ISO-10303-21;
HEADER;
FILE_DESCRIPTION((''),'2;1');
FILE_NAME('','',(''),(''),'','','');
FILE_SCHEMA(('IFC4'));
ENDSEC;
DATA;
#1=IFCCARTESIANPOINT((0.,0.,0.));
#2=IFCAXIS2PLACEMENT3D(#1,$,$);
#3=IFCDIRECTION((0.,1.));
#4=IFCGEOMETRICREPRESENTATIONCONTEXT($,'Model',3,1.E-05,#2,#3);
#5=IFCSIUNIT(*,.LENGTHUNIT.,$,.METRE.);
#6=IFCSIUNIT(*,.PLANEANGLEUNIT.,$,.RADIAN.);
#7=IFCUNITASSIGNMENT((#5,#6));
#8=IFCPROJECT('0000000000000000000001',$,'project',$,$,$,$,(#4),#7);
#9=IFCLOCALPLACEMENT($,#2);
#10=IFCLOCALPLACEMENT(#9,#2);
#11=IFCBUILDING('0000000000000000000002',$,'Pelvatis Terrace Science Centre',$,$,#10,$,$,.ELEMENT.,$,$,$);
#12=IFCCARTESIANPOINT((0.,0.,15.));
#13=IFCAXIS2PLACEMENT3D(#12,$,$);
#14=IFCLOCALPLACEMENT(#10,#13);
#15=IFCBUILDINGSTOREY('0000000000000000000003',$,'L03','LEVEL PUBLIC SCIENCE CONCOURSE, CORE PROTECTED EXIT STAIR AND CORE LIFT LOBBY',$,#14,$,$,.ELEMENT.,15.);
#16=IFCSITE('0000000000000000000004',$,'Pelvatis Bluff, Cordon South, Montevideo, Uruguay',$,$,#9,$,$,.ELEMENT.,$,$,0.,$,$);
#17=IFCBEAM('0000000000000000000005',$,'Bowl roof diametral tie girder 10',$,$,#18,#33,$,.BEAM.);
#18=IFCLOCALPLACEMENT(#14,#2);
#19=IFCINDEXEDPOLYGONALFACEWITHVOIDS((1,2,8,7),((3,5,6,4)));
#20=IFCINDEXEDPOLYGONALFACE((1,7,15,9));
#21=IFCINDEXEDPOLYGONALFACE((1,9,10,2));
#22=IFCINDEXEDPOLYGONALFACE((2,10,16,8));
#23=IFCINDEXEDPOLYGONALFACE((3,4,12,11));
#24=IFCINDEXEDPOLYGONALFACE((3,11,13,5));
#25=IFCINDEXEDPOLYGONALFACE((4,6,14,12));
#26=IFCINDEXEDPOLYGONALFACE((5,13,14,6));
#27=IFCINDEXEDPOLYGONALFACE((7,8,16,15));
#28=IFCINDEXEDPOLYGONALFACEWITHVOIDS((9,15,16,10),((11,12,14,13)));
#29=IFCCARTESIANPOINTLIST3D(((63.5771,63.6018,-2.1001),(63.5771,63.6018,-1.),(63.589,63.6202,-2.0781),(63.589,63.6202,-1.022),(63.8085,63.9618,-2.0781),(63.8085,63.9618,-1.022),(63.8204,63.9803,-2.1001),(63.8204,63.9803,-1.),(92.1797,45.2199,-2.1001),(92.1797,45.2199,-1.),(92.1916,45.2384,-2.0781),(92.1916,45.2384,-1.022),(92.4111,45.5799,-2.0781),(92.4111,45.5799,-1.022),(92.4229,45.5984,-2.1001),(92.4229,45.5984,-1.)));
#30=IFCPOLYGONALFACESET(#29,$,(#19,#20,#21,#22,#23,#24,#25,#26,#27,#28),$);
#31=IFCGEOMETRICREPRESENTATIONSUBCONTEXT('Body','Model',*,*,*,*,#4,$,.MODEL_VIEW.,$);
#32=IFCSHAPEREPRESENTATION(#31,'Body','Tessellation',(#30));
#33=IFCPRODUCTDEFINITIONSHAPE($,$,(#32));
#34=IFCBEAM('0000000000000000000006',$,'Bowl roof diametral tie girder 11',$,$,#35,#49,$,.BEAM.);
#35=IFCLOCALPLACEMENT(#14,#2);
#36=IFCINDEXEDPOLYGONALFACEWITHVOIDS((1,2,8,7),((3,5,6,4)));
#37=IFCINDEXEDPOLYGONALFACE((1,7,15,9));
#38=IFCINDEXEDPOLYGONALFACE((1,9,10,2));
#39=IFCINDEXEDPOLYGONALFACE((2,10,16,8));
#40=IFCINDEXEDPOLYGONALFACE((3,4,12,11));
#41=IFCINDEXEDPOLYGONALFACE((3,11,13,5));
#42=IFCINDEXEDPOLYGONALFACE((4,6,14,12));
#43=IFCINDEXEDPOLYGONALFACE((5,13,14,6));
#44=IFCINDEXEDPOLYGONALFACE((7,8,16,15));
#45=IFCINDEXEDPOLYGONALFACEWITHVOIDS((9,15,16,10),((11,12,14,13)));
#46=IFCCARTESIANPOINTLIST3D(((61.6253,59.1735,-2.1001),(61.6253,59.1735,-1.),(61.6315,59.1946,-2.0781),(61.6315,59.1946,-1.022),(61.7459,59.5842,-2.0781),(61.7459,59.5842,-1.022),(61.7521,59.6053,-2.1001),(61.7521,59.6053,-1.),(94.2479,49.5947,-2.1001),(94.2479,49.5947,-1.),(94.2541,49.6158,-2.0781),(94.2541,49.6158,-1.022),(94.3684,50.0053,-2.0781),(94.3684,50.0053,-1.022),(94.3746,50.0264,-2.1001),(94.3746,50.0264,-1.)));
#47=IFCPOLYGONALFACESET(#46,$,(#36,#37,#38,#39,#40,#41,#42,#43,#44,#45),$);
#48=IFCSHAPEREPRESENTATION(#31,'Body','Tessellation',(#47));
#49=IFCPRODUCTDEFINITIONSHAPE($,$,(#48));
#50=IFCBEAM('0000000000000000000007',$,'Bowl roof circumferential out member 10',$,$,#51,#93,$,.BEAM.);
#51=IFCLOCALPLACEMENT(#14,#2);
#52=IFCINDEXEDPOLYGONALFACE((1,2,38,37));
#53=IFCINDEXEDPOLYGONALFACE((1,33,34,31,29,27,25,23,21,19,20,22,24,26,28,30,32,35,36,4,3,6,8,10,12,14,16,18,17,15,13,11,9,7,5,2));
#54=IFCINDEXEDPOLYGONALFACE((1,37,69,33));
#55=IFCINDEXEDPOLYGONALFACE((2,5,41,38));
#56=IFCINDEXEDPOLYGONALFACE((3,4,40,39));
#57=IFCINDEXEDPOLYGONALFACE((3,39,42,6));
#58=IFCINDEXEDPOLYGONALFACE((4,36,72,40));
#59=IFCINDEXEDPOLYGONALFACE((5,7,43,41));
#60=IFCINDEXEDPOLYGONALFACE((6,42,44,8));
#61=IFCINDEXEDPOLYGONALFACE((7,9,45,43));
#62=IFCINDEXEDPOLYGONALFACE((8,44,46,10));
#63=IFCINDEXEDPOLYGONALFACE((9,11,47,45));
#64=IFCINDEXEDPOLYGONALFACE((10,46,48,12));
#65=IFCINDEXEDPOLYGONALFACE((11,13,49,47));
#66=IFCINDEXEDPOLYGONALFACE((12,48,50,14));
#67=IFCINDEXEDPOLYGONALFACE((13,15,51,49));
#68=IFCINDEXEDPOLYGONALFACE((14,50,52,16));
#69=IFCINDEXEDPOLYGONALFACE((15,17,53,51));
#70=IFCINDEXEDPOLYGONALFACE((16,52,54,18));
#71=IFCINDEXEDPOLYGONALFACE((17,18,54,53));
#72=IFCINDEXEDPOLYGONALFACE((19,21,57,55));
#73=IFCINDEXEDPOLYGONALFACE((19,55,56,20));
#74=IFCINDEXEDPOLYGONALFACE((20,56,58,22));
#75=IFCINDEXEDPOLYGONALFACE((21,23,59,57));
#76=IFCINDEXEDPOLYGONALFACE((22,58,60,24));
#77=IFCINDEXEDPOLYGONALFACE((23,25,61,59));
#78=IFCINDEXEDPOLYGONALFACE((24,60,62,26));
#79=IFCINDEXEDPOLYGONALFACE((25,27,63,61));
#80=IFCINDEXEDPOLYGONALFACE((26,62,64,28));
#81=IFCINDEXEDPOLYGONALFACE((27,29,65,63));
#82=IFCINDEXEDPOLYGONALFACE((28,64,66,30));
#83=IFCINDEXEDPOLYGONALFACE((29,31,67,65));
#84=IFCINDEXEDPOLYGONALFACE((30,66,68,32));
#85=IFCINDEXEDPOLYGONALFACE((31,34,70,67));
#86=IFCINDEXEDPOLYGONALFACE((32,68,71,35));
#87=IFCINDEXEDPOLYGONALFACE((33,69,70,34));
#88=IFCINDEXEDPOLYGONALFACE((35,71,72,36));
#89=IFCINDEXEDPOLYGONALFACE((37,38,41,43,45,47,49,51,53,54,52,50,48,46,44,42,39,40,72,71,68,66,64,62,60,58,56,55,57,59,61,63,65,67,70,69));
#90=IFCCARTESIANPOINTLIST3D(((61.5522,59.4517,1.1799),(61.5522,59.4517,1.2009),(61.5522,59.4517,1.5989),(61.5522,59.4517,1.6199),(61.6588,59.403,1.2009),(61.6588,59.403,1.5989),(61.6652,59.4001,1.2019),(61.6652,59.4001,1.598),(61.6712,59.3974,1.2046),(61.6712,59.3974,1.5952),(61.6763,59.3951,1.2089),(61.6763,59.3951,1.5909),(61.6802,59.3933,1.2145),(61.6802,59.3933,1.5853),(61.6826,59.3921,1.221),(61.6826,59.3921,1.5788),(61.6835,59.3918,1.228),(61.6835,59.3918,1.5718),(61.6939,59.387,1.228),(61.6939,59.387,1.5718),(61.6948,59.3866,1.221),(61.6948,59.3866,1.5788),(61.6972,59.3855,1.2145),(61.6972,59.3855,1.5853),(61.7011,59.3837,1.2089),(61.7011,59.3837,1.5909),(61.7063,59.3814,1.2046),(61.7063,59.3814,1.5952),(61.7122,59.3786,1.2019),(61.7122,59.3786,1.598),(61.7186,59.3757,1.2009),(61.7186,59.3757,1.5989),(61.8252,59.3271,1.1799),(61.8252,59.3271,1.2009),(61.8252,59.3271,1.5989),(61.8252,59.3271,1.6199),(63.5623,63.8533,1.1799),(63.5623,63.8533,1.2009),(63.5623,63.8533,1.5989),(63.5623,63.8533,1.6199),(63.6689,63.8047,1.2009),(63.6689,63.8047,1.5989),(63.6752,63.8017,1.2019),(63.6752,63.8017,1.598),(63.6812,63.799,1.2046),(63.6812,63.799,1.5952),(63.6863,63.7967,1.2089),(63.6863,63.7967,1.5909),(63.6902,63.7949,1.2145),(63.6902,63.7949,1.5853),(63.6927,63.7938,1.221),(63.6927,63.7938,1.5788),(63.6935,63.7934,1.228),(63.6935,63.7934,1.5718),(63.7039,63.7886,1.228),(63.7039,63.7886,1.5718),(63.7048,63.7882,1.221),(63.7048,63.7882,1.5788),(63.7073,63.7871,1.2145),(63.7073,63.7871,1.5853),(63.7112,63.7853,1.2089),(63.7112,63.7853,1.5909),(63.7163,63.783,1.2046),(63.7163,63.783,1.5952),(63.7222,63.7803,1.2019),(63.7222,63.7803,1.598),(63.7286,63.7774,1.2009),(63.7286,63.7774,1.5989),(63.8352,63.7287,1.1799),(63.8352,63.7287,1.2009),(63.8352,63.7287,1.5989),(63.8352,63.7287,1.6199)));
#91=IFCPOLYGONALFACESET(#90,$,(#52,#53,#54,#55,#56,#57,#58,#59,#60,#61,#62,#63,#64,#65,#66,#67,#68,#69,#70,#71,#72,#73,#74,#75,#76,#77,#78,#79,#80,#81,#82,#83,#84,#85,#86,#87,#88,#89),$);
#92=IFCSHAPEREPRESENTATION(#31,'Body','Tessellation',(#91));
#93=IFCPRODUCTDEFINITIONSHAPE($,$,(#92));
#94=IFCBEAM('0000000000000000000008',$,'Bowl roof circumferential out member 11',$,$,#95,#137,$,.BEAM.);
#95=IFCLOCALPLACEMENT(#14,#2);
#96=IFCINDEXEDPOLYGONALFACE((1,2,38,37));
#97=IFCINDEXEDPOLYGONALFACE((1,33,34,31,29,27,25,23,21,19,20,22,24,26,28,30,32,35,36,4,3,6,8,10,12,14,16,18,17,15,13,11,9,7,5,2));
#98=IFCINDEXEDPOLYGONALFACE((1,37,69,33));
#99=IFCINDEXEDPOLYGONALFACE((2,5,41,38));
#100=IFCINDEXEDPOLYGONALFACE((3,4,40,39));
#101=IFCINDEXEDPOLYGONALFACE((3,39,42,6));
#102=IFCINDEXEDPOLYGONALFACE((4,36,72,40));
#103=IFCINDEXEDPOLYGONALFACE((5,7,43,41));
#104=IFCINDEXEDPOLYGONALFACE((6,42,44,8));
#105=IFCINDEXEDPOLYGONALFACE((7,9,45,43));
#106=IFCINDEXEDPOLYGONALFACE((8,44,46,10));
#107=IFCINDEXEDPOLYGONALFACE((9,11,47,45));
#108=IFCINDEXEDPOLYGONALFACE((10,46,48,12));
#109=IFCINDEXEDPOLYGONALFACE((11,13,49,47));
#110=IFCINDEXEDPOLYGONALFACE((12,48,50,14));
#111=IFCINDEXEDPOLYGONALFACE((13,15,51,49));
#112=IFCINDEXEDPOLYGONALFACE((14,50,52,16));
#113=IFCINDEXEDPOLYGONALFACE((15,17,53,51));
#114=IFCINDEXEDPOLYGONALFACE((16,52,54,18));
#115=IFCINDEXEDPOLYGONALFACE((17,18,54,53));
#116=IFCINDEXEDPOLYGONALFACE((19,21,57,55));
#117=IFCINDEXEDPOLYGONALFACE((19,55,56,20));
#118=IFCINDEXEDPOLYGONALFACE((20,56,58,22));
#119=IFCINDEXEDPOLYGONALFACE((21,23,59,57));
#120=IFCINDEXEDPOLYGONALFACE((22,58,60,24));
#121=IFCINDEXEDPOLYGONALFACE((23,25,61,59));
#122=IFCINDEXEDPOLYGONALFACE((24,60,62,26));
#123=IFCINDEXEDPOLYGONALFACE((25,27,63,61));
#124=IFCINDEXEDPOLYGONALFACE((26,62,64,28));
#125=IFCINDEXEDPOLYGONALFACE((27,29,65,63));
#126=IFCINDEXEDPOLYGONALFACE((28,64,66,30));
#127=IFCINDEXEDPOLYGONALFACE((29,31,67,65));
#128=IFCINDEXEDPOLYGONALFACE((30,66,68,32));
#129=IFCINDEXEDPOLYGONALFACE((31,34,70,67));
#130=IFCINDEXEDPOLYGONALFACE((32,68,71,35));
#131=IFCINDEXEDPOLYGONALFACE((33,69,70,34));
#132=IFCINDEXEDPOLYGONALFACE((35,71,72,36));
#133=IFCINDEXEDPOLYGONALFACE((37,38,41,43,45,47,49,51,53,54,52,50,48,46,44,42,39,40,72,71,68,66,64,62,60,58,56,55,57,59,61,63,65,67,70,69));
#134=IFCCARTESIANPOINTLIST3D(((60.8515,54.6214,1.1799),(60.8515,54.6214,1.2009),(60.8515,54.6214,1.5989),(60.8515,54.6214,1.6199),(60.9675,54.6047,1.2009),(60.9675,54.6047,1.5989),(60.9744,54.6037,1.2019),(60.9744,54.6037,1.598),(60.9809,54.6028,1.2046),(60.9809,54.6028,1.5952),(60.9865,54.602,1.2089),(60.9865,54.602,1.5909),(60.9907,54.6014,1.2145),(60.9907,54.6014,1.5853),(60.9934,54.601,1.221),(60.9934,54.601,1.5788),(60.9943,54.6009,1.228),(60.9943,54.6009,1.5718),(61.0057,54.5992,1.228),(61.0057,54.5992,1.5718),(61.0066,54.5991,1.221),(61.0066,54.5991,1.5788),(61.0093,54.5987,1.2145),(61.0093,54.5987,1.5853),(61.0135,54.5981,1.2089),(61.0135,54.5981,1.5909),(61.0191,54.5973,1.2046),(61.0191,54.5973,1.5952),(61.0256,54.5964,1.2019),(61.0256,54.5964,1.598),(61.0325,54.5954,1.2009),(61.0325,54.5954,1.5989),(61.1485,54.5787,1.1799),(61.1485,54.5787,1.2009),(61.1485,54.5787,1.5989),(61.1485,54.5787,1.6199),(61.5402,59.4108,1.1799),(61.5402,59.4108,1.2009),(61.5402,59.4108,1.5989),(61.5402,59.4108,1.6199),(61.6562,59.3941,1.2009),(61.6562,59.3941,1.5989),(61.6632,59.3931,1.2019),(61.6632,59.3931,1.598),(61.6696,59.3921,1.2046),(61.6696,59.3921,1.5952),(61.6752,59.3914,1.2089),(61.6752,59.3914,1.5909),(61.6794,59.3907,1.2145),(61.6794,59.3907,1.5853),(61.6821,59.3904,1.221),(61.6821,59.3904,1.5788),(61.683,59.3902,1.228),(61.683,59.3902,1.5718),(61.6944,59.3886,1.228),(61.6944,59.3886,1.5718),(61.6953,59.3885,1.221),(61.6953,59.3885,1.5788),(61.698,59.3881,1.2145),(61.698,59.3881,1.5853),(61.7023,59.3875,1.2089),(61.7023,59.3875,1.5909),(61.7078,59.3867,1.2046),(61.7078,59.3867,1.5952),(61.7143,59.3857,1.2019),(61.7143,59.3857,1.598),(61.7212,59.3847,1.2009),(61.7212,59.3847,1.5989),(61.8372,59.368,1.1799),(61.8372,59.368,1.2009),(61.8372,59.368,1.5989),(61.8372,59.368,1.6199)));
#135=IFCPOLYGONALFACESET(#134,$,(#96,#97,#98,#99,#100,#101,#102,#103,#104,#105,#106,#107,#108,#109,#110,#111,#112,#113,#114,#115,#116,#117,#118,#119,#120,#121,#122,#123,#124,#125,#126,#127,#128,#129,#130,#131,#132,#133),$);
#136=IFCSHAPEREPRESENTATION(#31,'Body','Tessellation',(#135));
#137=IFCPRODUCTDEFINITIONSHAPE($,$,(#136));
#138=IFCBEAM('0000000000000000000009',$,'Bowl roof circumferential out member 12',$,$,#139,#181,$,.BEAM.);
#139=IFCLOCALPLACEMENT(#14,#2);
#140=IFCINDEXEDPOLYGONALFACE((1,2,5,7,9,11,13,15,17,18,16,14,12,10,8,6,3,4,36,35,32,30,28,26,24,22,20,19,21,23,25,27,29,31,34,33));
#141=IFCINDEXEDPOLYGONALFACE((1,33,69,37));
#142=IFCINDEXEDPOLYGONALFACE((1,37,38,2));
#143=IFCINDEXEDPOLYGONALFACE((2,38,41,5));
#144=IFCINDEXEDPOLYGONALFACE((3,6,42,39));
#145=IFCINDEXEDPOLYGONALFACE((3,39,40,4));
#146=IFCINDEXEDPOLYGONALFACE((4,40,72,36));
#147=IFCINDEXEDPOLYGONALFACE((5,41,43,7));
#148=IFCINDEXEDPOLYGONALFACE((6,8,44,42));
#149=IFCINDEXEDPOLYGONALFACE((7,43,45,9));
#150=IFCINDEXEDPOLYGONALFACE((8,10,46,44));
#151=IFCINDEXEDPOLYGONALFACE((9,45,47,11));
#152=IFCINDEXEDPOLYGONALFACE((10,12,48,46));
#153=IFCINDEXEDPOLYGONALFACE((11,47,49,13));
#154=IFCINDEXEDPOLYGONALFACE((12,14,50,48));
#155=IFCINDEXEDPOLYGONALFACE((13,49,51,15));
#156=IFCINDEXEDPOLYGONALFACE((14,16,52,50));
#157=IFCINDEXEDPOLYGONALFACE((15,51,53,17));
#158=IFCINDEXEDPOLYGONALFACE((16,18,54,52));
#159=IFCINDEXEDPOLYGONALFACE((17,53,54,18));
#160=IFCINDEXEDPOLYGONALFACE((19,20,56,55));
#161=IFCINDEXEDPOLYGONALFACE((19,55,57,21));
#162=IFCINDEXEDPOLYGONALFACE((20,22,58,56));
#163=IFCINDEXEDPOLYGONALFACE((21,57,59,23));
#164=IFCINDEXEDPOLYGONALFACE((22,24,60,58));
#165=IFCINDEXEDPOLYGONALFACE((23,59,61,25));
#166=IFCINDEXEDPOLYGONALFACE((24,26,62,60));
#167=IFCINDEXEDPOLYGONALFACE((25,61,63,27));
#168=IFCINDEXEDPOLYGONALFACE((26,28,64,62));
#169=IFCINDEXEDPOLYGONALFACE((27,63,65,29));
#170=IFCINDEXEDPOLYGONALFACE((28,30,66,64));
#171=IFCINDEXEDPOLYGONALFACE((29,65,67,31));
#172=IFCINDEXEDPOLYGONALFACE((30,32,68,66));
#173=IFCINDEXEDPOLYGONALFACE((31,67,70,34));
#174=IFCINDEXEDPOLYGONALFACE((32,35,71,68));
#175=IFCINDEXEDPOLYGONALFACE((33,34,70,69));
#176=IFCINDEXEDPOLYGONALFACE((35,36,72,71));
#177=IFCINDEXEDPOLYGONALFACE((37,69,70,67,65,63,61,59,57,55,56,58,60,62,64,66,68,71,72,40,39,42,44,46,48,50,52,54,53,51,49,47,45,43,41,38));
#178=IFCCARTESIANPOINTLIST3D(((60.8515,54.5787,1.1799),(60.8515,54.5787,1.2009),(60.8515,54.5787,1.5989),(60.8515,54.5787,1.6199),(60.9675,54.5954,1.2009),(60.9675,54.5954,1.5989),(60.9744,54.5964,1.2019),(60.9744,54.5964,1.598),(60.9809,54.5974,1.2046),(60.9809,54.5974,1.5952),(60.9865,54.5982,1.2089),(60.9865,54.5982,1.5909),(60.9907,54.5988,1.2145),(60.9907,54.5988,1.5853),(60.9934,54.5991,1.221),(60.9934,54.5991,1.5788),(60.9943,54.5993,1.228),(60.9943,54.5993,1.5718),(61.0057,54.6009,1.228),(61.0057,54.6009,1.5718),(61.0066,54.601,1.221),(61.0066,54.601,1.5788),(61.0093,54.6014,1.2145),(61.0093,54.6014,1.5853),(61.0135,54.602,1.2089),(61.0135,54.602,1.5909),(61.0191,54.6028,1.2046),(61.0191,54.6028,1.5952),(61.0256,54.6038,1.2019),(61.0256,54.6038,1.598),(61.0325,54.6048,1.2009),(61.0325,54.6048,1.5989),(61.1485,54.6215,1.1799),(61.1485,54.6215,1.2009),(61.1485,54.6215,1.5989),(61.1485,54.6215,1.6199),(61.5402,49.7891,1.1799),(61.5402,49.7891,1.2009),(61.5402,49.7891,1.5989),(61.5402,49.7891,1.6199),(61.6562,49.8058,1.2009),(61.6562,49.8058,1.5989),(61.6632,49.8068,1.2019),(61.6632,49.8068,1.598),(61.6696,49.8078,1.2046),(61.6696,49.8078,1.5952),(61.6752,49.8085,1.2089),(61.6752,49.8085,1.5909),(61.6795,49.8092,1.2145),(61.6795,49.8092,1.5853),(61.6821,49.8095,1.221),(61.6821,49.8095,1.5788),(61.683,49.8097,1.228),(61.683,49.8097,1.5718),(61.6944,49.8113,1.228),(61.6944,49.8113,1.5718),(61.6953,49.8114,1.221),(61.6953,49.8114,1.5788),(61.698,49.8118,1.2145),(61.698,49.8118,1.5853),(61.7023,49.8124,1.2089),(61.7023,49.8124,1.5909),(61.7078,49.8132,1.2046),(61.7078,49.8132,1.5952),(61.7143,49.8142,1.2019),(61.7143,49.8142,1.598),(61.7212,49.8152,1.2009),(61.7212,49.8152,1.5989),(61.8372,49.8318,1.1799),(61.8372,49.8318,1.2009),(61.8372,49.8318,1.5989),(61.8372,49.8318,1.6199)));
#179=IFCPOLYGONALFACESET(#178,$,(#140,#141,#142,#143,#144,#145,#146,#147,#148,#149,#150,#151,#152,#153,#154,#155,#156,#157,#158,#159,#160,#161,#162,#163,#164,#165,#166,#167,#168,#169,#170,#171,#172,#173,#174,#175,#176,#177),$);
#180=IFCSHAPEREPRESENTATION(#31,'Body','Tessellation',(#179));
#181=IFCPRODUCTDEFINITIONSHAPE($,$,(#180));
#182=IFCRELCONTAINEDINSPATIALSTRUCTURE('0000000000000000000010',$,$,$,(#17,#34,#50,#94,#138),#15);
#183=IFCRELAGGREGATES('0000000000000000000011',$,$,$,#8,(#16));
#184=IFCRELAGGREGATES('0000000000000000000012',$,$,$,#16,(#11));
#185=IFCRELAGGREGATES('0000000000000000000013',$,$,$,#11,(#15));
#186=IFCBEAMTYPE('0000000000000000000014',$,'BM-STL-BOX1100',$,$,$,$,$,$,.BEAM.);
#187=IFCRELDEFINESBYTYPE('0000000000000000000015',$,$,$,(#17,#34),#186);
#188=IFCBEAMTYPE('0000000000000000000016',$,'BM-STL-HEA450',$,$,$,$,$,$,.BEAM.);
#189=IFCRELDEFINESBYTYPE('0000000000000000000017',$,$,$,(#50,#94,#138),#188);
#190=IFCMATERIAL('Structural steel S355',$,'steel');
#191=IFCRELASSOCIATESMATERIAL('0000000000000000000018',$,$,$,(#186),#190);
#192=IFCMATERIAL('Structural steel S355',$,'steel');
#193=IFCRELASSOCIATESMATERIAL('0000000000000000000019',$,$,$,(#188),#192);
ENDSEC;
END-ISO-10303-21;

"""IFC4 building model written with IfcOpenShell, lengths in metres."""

from ifc_helpers import new_model, si_unit, direction, frame, origin, origin_2d, place, context, subcontext, project, spatial, hollow_rectangle, i_section, extrude, material, material_profile, profile_set, type_object, element, save


model = new_model("IFC4")

# Units and contexts
model_context = context("Model", 3, precision=1e-05, world=origin(), true_north=direction((0.0, 1.0)))
body_context = subcontext(model_context, "Body", "Model", "MODEL_VIEW")
ifc_project = project(units=[si_unit("LENGTHUNIT", "METRE"), si_unit("PLANEANGLEUNIT", "RADIAN")], contexts=[model_context])

# Site, building, storey
site_placement = place(None, origin())
site = spatial("IfcSite", under=ifc_project, at=site_placement, Name="Pelvatis Bluff, Cordon South, Montevideo, Uruguay", CompositionType="ELEMENT", RefElevation=0.0)
building_placement = place(site_placement, origin())
building = spatial("IfcBuilding", under=site, at=building_placement, Name="Pelvatis Terrace Science Centre", CompositionType="ELEMENT")
storey_placement = place(building_placement, frame((0.0, 0.0, 15.0)))
storey = spatial("IfcBuildingStorey", under=building, at=storey_placement, Name="L03", Description="LEVEL PUBLIC SCIENCE CONCOURSE, CORE PROTECTED EXIT STAIR AND CORE LIFT LOBBY", CompositionType="ELEMENT", Elevation=15.0)

# Beams
ifc_material_1 = material(Name="Structural steel S355", Category="steel")
ifc_material_profile_1 = material_profile(ifc_material_1, hollow_rectangle(XDim=0.45, YDim=1.1001, WallThickness=0.022, at=origin_2d()), Name="RHS 1100x450x22.0")
ifc_profile_set_1 = profile_set([ifc_material_profile_1], Name="Structural steel S355")
beam_type_1 = type_object("IfcBeamType", Name="BM-STL-BOX1100", PredefinedType="BEAM", material=ifc_profile_set_1)
beam_1_placement = place(storey_placement, frame((63.6987, 63.791, -1.55), z_axis=(0.841252, -0.540643, 0.0), x_axis=(0.540643, 0.841252, 0.0)))
element("IfcBeam", 1, at=beam_1_placement, inside=storey, type_object=beam_type_1, Name="Bowl roof diametral tie girder 10", PredefinedType="BEAM", context=body_context, shape_type="SweptSolid", body=[
    extrude(hollow_rectangle(XDim=0.45, YDim=1.1001, WallThickness=0.022, at=origin_2d()), origin(), (0.0, 0.0, 1.0), 34.0),
])
beam_2_placement = place(storey_placement, frame((61.6887, 59.3894, -1.55), z_axis=(0.959493, -0.281733, 0.0), x_axis=(0.281733, 0.959493, 0.0)))
element("IfcBeam", 2, at=beam_2_placement, inside=storey, type_object=beam_type_1, Name="Bowl roof diametral tie girder 11", PredefinedType="BEAM", context=body_context, shape_type="SweptSolid", body=[
    extrude(hollow_rectangle(XDim=0.45, YDim=1.1001, WallThickness=0.022, at=origin_2d()), origin(), (0.0, 0.0, 1.0), 33.9998),
])
ifc_material_2 = material(Name="Structural steel S355", Category="steel")
ifc_material_profile_2 = material_profile(ifc_material_2, i_section(OverallWidth=0.3, OverallDepth=0.4399, WebThickness=0.0115, FlangeThickness=0.021, FilletRadius=0.0271, at=origin_2d()), Name="HEA 450")
ifc_profile_set_2 = profile_set([ifc_material_profile_2], Name="Structural steel S355")
beam_type_2 = type_object("IfcBeamType", Name="BM-STL-HEA450", PredefinedType="BEAM", material=ifc_profile_set_2)
beam_3_placement = place(storey_placement, frame((63.6987, 63.791, 1.3999), z_axis=(-0.415391, -0.909643, 0.0), x_axis=(0.909643, -0.415391, 0.0)))
element("IfcBeam", 3, at=beam_3_placement, inside=storey, type_object=beam_type_2, Name="Bowl roof circumferential out member 10", PredefinedType="BEAM", context=body_context, shape_type="SweptSolid", body=[
    extrude(i_section(OverallWidth=0.3, OverallDepth=0.4399, WebThickness=0.0115, FlangeThickness=0.021, FilletRadius=0.0271, at=origin_2d()), origin(), (0.0, 0.0, 1.0), 4.8389),
])
beam_4_placement = place(storey_placement, frame((61.6887, 59.3894, 1.3999), z_axis=(-0.14234, -0.989818, 0.0), x_axis=(0.989818, -0.14234, 0.0)))
element("IfcBeam", 4, at=beam_4_placement, inside=storey, type_object=beam_type_2, Name="Bowl roof circumferential out member 11", PredefinedType="BEAM", context=body_context, shape_type="SweptSolid", body=[
    extrude(i_section(OverallWidth=0.3, OverallDepth=0.4399, WebThickness=0.0115, FlangeThickness=0.021, FilletRadius=0.0271, at=origin_2d()), origin(), (0.0, 0.0, 1.0), 4.8386),
])
beam_5_placement = place(storey_placement, frame((61.0, 54.6001, 1.3999), z_axis=(0.142333, -0.989819, 0.0), x_axis=(0.989819, 0.142333, 0.0)))
element("IfcBeam", 5, at=beam_5_placement, inside=storey, type_object=beam_type_2, Name="Bowl roof circumferential out member 12", PredefinedType="BEAM", context=body_context, shape_type="SweptSolid", body=[
    extrude(i_section(OverallWidth=0.3, OverallDepth=0.4399, WebThickness=0.0115, FlangeThickness=0.021, FilletRadius=0.0271, at=origin_2d()), origin(), (0.0, 0.0, 1.0), 4.8389),
])

save(model, "model.ifc")
